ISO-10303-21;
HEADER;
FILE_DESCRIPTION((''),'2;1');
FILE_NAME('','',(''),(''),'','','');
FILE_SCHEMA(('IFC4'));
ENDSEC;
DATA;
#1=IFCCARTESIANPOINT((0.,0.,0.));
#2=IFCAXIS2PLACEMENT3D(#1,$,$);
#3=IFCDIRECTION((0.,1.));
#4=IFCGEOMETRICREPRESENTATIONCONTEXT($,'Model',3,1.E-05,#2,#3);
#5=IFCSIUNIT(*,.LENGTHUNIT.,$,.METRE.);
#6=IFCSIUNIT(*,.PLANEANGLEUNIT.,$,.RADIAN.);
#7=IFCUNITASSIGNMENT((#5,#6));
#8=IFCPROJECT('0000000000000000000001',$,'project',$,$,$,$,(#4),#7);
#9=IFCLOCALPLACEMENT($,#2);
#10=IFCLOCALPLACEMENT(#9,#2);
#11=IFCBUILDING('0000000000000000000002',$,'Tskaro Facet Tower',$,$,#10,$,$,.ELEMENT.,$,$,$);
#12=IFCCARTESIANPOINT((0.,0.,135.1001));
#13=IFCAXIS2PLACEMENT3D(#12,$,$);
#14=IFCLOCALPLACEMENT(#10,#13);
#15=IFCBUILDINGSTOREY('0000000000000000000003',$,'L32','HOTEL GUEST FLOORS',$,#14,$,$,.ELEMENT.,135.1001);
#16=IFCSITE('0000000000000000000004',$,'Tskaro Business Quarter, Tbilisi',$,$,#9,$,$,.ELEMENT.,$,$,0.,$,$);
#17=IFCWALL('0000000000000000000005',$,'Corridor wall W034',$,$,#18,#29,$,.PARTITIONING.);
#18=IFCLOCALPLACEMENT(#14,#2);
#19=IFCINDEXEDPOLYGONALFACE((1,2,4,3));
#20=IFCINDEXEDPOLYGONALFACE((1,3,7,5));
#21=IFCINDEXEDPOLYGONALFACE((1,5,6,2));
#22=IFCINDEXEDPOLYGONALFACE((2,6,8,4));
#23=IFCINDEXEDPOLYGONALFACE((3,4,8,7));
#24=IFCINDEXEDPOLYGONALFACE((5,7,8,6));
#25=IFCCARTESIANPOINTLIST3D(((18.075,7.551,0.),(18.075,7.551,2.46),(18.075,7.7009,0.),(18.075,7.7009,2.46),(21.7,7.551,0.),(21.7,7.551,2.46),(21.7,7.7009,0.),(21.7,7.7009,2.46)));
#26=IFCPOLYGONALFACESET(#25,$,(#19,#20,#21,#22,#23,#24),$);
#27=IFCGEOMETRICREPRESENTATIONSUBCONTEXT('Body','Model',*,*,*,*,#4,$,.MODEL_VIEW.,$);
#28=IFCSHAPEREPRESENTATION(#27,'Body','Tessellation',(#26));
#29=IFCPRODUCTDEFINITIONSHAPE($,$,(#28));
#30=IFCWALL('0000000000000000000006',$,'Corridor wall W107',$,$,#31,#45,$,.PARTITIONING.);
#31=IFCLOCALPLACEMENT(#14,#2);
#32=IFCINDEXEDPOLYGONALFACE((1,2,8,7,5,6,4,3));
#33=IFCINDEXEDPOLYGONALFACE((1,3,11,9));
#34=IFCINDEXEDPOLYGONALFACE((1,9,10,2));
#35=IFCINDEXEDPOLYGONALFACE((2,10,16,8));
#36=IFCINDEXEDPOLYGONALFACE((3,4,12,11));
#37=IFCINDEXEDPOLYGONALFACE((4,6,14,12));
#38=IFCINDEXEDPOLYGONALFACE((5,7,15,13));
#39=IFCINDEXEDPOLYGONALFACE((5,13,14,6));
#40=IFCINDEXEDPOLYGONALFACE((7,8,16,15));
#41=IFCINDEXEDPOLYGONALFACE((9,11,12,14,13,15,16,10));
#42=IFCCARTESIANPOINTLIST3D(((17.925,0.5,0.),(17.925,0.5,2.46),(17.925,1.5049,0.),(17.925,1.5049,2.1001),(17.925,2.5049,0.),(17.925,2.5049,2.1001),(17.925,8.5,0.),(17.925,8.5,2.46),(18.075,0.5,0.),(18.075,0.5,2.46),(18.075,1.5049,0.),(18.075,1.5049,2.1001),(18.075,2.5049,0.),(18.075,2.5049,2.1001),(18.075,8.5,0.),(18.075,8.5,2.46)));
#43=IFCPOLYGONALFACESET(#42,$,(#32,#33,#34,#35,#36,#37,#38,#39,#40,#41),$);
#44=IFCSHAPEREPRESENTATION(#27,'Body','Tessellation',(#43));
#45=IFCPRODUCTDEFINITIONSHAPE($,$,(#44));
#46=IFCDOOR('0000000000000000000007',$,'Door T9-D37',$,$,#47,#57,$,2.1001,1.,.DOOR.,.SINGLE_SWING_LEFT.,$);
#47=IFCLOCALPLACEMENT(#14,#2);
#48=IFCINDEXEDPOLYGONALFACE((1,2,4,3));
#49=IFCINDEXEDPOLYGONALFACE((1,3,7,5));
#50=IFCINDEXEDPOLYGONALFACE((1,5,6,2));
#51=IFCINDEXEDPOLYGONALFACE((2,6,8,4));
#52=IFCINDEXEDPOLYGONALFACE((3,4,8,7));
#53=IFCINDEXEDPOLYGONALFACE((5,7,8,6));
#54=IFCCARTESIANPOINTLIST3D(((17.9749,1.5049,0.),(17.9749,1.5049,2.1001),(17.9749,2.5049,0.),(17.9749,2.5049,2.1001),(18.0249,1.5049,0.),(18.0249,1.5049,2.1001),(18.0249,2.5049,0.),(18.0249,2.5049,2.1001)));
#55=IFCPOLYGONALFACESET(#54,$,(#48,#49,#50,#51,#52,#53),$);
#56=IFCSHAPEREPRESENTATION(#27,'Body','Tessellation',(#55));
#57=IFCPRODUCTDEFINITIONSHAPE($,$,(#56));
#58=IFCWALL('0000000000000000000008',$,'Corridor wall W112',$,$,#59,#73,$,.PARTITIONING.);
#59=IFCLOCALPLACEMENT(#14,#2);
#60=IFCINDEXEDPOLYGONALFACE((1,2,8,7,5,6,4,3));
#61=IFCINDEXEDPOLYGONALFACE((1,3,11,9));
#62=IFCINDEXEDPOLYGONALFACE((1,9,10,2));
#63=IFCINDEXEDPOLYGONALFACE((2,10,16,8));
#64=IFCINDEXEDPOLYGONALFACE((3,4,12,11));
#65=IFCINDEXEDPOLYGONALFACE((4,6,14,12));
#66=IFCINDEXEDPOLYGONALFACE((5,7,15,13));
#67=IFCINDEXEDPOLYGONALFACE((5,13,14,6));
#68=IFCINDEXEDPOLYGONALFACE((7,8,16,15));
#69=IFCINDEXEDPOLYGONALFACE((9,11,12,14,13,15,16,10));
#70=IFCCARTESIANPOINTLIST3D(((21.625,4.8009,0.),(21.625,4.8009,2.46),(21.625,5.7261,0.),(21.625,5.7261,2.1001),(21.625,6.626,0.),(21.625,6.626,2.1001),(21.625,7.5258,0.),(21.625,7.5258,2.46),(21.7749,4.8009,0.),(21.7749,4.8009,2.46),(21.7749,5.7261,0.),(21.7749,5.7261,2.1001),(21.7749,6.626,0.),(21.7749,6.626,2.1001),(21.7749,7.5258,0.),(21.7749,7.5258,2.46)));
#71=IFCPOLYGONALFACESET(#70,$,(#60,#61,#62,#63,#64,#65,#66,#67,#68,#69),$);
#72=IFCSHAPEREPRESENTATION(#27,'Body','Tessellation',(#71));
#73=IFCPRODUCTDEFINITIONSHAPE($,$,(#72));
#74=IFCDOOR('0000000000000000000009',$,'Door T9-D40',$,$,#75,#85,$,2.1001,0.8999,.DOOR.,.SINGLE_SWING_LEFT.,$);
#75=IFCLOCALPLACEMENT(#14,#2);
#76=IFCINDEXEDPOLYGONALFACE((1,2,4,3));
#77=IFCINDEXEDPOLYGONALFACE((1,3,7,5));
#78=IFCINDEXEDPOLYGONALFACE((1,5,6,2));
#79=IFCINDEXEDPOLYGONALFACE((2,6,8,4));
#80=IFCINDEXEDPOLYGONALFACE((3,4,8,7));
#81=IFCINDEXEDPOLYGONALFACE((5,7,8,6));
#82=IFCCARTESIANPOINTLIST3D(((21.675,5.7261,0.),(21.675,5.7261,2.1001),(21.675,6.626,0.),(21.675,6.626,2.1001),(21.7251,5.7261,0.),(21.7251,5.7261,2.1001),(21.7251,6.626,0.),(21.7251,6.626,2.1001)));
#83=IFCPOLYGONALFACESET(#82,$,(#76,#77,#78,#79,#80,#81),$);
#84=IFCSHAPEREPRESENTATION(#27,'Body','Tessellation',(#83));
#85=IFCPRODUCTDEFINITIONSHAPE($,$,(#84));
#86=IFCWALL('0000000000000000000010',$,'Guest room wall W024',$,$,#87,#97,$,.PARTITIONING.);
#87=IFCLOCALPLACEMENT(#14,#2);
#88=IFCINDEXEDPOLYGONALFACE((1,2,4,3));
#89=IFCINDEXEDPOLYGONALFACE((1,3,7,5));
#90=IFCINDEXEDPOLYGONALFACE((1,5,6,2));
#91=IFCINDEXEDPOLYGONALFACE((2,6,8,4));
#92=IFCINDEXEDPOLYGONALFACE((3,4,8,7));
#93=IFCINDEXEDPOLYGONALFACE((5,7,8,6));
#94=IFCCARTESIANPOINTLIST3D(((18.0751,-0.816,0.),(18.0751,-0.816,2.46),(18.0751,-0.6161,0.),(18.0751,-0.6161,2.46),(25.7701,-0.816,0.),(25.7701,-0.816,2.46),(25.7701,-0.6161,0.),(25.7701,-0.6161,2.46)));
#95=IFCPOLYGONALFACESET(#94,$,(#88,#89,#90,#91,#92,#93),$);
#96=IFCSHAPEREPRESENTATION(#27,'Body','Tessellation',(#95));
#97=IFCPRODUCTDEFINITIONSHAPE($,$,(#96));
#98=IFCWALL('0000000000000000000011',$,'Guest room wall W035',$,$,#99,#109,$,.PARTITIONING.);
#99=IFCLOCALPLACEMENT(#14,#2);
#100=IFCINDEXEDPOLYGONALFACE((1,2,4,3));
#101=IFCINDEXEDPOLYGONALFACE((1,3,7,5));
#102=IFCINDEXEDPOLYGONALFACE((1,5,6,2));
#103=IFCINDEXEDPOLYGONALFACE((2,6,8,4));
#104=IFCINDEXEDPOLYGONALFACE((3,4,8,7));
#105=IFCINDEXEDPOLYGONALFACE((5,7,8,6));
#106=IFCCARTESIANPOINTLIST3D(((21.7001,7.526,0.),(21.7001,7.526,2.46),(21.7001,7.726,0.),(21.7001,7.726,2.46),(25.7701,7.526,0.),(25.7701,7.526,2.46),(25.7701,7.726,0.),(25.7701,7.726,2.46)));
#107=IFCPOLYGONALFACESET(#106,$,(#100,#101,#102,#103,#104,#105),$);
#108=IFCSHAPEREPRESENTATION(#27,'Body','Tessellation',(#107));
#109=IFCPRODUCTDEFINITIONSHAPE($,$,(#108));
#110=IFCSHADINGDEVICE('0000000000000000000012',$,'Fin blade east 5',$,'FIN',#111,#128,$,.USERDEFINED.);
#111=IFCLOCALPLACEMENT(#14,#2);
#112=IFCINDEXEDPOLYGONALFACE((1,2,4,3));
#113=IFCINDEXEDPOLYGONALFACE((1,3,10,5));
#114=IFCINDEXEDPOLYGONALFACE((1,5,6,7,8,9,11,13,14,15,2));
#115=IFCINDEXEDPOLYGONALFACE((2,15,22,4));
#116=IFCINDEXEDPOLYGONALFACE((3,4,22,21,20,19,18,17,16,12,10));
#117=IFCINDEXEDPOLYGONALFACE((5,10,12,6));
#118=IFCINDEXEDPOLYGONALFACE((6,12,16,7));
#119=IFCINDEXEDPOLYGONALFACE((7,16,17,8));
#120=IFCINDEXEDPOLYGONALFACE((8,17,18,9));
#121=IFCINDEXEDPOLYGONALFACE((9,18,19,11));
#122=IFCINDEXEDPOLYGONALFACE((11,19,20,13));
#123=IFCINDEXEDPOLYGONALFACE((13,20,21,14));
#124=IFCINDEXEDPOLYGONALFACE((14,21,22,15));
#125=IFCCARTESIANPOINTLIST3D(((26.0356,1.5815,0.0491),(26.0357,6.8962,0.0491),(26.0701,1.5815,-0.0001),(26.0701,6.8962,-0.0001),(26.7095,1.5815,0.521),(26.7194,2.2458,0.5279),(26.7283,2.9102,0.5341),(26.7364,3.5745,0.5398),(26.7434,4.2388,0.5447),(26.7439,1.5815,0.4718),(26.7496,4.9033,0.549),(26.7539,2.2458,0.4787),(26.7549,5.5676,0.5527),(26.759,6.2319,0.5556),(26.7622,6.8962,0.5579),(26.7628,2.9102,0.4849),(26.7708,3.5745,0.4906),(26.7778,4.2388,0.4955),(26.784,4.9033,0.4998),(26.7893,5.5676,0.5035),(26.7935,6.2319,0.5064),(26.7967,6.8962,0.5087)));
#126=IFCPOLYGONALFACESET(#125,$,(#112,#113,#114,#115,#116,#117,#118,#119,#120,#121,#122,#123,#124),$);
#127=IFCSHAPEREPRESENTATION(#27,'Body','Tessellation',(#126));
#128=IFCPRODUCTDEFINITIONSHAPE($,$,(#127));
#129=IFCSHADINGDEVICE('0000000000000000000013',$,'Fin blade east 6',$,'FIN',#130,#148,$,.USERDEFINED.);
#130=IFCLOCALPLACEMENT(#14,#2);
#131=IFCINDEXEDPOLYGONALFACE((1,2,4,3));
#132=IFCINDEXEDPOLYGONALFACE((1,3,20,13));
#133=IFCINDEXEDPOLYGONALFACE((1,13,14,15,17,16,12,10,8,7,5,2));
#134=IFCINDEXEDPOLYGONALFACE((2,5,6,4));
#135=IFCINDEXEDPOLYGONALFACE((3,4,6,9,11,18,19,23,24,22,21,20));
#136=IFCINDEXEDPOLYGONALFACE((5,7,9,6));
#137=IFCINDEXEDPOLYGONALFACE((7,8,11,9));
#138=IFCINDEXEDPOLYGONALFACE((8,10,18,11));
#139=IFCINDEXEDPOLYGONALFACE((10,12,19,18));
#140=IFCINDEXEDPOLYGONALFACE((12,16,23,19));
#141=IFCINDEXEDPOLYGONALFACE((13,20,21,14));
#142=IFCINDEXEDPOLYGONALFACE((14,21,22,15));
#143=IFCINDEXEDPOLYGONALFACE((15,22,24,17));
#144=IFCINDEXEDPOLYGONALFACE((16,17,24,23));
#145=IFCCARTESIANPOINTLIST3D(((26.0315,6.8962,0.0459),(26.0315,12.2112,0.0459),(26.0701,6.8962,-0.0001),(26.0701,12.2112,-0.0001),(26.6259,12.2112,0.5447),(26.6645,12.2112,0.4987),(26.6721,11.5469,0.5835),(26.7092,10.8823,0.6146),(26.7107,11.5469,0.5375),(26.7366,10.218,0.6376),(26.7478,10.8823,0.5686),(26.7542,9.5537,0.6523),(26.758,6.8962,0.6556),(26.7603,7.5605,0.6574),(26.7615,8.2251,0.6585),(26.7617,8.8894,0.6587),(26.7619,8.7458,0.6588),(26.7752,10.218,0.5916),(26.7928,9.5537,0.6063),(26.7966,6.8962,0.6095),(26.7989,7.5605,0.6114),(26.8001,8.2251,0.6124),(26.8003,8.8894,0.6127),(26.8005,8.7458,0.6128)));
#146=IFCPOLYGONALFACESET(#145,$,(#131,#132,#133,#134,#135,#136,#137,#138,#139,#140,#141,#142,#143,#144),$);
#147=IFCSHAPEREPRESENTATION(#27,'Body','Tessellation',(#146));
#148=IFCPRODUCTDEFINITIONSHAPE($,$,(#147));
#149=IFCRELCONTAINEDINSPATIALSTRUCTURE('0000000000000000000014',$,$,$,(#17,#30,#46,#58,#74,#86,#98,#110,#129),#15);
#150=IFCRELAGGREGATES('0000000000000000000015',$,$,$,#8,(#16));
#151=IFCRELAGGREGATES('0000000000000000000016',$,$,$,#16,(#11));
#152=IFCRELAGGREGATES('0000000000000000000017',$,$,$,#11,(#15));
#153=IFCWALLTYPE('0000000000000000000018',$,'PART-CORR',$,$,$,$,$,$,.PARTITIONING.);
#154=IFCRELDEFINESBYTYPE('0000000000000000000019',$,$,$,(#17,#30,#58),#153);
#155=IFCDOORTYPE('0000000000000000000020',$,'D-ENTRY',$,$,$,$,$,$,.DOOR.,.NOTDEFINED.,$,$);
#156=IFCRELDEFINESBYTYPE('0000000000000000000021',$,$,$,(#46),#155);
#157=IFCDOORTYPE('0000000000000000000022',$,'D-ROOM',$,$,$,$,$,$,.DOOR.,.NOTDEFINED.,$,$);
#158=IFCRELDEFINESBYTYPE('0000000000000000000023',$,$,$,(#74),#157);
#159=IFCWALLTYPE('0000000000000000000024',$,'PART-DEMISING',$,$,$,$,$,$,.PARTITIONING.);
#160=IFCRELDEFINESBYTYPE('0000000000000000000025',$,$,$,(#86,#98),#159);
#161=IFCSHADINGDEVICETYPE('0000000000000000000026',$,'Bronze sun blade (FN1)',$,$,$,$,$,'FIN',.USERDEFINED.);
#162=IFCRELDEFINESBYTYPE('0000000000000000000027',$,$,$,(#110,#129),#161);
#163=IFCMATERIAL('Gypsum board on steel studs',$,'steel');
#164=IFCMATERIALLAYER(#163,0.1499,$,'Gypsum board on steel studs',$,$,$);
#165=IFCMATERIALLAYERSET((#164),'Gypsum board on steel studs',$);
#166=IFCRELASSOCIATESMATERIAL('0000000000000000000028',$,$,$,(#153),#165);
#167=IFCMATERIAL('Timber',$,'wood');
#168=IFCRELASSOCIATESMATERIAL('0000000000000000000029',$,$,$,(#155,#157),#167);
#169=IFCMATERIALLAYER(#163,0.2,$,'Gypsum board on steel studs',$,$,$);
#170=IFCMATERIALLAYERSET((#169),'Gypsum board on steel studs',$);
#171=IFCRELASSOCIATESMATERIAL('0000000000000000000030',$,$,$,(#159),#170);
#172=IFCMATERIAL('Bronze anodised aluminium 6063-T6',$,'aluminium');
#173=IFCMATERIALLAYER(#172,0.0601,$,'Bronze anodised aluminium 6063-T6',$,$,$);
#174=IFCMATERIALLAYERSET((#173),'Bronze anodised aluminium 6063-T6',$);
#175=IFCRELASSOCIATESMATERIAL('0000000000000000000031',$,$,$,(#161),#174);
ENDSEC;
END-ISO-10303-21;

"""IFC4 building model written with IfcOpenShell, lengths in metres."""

from ifc_helpers import new_model, si_unit, direction, frame, frame_2d, origin, place, context, subcontext, project, spatial, polyline, rectangle, outline, extrude, material, layer, layer_set, type_object, element, fill, save


model = new_model("IFC4")

# Units and contexts
model_context = context("Model", 3, precision=1e-05, world=origin(), true_north=direction((0.0, 1.0)))
body_context = subcontext(model_context, "Body", "Model", "MODEL_VIEW")
ifc_project = project(units=[si_unit("LENGTHUNIT", "METRE"), si_unit("PLANEANGLEUNIT", "RADIAN")], contexts=[model_context])

# Site, building, storey
site_placement = place(None, origin())
site = spatial("IfcSite", under=ifc_project, at=site_placement, Name="Tskaro Business Quarter, Tbilisi", CompositionType="ELEMENT", RefElevation=0.0)
building_placement = place(site_placement, origin())
building = spatial("IfcBuilding", under=site, at=building_placement, Name="Tskaro Facet Tower", CompositionType="ELEMENT")
storey_placement = place(building_placement, frame((0.0, 0.0, 135.1001)))
storey = spatial("IfcBuildingStorey", under=building, at=storey_placement, Name="L32", Description="HOTEL GUEST FLOORS", CompositionType="ELEMENT", Elevation=135.1001)

# Shared definitions
ifc_material_1 = material(Name="Bronze anodised aluminium 6063-T6", Category="aluminium")

# Wall
ifc_material_2 = material(Name="Gypsum board on steel studs", Category="steel")
ifc_layer_1 = layer(ifc_material_2, 0.1499, Name="Gypsum board on steel studs")
ifc_layer_set_1 = layer_set([ifc_layer_1], Name="Gypsum board on steel studs")
wall_type_1 = type_object("IfcWallType", Name="PART-CORR", PredefinedType="PARTITIONING", material=ifc_layer_set_1)
for number, where, z_axis, x_axis, name in (
    (1, (18.075, 7.626, 0.0), (0.0, 0.0, 1.0), (1.0, 0.0, 0.0), "Corridor wall W034"),
):
    element("IfcWall", number, at=place(storey_placement, frame(where, z_axis=z_axis, x_axis=x_axis)), inside=storey, type_object=wall_type_1, Name=name, PredefinedType="PARTITIONING", context=body_context, shape_type="SweptSolid", body=[
        extrude(rectangle(XDim=3.625, YDim=0.1499, at=frame_2d((1.8125, 0.0))), origin(), (0.0, 0.0, 1.0), 2.46),
    ])

# Walls, openings, doors
wall_1_placement = place(storey_placement, frame((18.0, 8.5, 0.0), z_axis=(0.0, 0.0, 1.0), x_axis=(0.0, -1.0, 0.0)))
wall_1 = element("IfcWall", 2, at=wall_1_placement, inside=storey, type_object=wall_type_1, Name="Corridor wall W107", PredefinedType="PARTITIONING", context=body_context, shape_type="SweptSolid", body=[
    extrude(rectangle(XDim=8.0, YDim=0.1499, at=frame_2d((4.0, 0.0))), origin(), (0.0, 0.0, 1.0), 2.46),
])
opening_1_placement = place(wall_1_placement, frame((5.9951, 0.0, 0.0)))
opening_1 = element("IfcOpeningElement", 3, at=opening_1_placement, cuts=wall_1, PredefinedType="OPENING", context=body_context, shape_type="SweptSolid", body=[
    extrude(rectangle(XDim=1.0, YDim=2.1001, at=frame_2d((0.5, 1.05))), frame((0.0, 0.085, 0.0), z_axis=(0.0, -1.0, 0.0), x_axis=(1.0, 0.0, 0.0)), (0.0, 0.0, 1.0), 0.1699),
])
ifc_material_3 = material(Name="Timber", Category="wood")
door_type_1 = type_object("IfcDoorType", Name="D-ENTRY", OperationType="NOTDEFINED", PredefinedType="DOOR", material=ifc_material_3)
door_1_placement = place(opening_1_placement, origin())
door_1 = element("IfcDoor", 4, at=door_1_placement, inside=storey, type_object=door_type_1, Name="Door T9-D37", OperationType="SINGLE_SWING_LEFT", OverallHeight=2.1001, OverallWidth=1.0, PredefinedType="DOOR", context=body_context, shape_type="SweptSolid", body=[
    extrude(rectangle(XDim=1.0, YDim=2.1001, at=frame_2d((0.5, 1.05))), frame((0.0, 0.0249, 0.0), z_axis=(0.0, -1.0, 0.0), x_axis=(1.0, 0.0, 0.0)), (0.0, 0.0, 1.0), 0.05),
])
fill(opening_1, door_1)
wall_2_placement = place(storey_placement, frame((21.7, 4.801, 0.0), z_axis=(0.0, 0.0, 1.0), x_axis=(0.0, 1.0, 0.0)))
wall_2 = element("IfcWall", 5, at=wall_2_placement, inside=storey, type_object=wall_type_1, Name="Corridor wall W112", PredefinedType="PARTITIONING", context=body_context, shape_type="SweptSolid", body=[
    extrude(rectangle(XDim=2.7249, YDim=0.1499, at=frame_2d((1.3623, 0.0))), origin(), (0.0, 0.0, 1.0), 2.46),
])
opening_2_placement = place(wall_2_placement, frame((0.925, 0.0, 0.0)))
opening_2 = element("IfcOpeningElement", 6, at=opening_2_placement, cuts=wall_2, PredefinedType="OPENING", context=body_context, shape_type="SweptSolid", body=[
    extrude(rectangle(XDim=0.8999, YDim=2.1001, at=frame_2d((0.45, 1.05))), frame((0.0, 0.085, 0.0), z_axis=(0.0, -1.0, 0.0), x_axis=(1.0, 0.0, 0.0)), (0.0, 0.0, 1.0), 0.1699),
])
door_type_2 = type_object("IfcDoorType", Name="D-ROOM", OperationType="NOTDEFINED", PredefinedType="DOOR", material=ifc_material_3)
door_2_placement = place(opening_2_placement, origin())
door_2 = element("IfcDoor", 7, at=door_2_placement, inside=storey, type_object=door_type_2, Name="Door T9-D40", OperationType="SINGLE_SWING_LEFT", OverallHeight=2.1001, OverallWidth=0.8999, PredefinedType="DOOR", context=body_context, shape_type="SweptSolid", body=[
    extrude(rectangle(XDim=0.8999, YDim=2.1001, at=frame_2d((0.45, 1.05))), frame((0.0, 0.0249, 0.0), z_axis=(0.0, -1.0, 0.0), x_axis=(1.0, 0.0, 0.0)), (0.0, 0.0, 1.0), 0.05),
])
fill(opening_2, door_2)

# Walls
ifc_layer_2 = layer(ifc_material_2, 0.2, Name="Gypsum board on steel studs")
ifc_layer_set_2 = layer_set([ifc_layer_2], Name="Gypsum board on steel studs")
wall_type_2 = type_object("IfcWallType", Name="PART-DEMISING", PredefinedType="PARTITIONING", material=ifc_layer_set_2)
wall_3_placement = place(storey_placement, frame((18.075, -0.7161, 0.0), z_axis=(0.0, 0.0, 1.0), x_axis=(1.0, 0.0, 0.0)))
element("IfcWall", 8, at=wall_3_placement, inside=storey, type_object=wall_type_2, Name="Guest room wall W024", PredefinedType="PARTITIONING", context=body_context, shape_type="SweptSolid", body=[
    extrude(rectangle(XDim=7.6951, YDim=0.2, at=frame_2d((3.8477, 0.0))), origin(), (0.0, 0.0, 1.0), 2.46),
])
wall_4_placement = place(storey_placement, frame((21.7, 7.626, 0.0), z_axis=(0.0, 0.0, 1.0), x_axis=(1.0, 0.0, 0.0)))
element("IfcWall", 9, at=wall_4_placement, inside=storey, type_object=wall_type_2, Name="Guest room wall W035", PredefinedType="PARTITIONING", context=body_context, shape_type="SweptSolid", body=[
    extrude(rectangle(XDim=4.0701, YDim=0.2, at=frame_2d((2.0352, 0.0))), origin(), (0.0, 0.0, 1.0), 2.46),
])

# Shading devices
ifc_layer_3 = layer(ifc_material_1, 0.0601, Name="Bronze anodised aluminium 6063-T6")
ifc_layer_set_3 = layer_set([ifc_layer_3], Name="Bronze anodised aluminium 6063-T6")
shading_device_type = type_object("IfcShadingDeviceType", Name="Bronze sun blade (FN1)", ElementType="FIN", PredefinedType="USERDEFINED", material=ifc_layer_set_3)
shading_device_1_placement = place(storey_placement, frame((26.0356, 1.5815, 0.0491), z_axis=(-0.573626, 0.000005, 0.819117), x_axis=(0.000003, 1.0, -0.000004)))
element("IfcShadingDevice", 10, at=shading_device_1_placement, inside=storey, type_object=shading_device_type, Name="Fin blade east 5", ObjectType="FIN", PredefinedType="USERDEFINED", context=body_context, shape_type="SweptSolid", body=[
    extrude(outline(polyline([(0.0, 0.0), (5.3147, 0.0), (5.3147, -0.887), (4.6504, -0.8831), (3.9861, -0.8781), (3.3218, -0.8716), (2.6572, -0.864), (1.9929, -0.8554), (1.3286, -0.8456), (0.6643, -0.8348), (0.0, -0.8227), (0.0, 0.0)])), origin(), (0.0, 0.0, -1.0), 0.0601),
])
shading_device_2_placement = place(storey_placement, frame((26.0315, 6.8962, 0.0459), z_axis=(-0.642804, 0.0, 0.76603), x_axis=(0.0, 1.0, 0.0)))
element("IfcShadingDevice", 11, at=shading_device_2_placement, inside=storey, type_object=shading_device_type, Name="Fin blade east 6", ObjectType="FIN", PredefinedType="USERDEFINED", context=body_context, shape_type="SweptSolid", body=[
    extrude(outline(polyline([(0.0, 0.0), (5.3149, 0.0), (5.3149, -0.776), (4.6506, -0.8363), (3.9861, -0.8847), (3.3218, -0.9205), (2.6575, -0.9434), (1.9932, -0.9533), (1.8496, -0.9535), (1.3289, -0.9529), (0.6643, -0.9514), (0.0, -0.9484), (0.0, 0.0)])), origin(), (0.0, 0.0, -1.0), 0.0601),
])

save(model, "model.ifc")
